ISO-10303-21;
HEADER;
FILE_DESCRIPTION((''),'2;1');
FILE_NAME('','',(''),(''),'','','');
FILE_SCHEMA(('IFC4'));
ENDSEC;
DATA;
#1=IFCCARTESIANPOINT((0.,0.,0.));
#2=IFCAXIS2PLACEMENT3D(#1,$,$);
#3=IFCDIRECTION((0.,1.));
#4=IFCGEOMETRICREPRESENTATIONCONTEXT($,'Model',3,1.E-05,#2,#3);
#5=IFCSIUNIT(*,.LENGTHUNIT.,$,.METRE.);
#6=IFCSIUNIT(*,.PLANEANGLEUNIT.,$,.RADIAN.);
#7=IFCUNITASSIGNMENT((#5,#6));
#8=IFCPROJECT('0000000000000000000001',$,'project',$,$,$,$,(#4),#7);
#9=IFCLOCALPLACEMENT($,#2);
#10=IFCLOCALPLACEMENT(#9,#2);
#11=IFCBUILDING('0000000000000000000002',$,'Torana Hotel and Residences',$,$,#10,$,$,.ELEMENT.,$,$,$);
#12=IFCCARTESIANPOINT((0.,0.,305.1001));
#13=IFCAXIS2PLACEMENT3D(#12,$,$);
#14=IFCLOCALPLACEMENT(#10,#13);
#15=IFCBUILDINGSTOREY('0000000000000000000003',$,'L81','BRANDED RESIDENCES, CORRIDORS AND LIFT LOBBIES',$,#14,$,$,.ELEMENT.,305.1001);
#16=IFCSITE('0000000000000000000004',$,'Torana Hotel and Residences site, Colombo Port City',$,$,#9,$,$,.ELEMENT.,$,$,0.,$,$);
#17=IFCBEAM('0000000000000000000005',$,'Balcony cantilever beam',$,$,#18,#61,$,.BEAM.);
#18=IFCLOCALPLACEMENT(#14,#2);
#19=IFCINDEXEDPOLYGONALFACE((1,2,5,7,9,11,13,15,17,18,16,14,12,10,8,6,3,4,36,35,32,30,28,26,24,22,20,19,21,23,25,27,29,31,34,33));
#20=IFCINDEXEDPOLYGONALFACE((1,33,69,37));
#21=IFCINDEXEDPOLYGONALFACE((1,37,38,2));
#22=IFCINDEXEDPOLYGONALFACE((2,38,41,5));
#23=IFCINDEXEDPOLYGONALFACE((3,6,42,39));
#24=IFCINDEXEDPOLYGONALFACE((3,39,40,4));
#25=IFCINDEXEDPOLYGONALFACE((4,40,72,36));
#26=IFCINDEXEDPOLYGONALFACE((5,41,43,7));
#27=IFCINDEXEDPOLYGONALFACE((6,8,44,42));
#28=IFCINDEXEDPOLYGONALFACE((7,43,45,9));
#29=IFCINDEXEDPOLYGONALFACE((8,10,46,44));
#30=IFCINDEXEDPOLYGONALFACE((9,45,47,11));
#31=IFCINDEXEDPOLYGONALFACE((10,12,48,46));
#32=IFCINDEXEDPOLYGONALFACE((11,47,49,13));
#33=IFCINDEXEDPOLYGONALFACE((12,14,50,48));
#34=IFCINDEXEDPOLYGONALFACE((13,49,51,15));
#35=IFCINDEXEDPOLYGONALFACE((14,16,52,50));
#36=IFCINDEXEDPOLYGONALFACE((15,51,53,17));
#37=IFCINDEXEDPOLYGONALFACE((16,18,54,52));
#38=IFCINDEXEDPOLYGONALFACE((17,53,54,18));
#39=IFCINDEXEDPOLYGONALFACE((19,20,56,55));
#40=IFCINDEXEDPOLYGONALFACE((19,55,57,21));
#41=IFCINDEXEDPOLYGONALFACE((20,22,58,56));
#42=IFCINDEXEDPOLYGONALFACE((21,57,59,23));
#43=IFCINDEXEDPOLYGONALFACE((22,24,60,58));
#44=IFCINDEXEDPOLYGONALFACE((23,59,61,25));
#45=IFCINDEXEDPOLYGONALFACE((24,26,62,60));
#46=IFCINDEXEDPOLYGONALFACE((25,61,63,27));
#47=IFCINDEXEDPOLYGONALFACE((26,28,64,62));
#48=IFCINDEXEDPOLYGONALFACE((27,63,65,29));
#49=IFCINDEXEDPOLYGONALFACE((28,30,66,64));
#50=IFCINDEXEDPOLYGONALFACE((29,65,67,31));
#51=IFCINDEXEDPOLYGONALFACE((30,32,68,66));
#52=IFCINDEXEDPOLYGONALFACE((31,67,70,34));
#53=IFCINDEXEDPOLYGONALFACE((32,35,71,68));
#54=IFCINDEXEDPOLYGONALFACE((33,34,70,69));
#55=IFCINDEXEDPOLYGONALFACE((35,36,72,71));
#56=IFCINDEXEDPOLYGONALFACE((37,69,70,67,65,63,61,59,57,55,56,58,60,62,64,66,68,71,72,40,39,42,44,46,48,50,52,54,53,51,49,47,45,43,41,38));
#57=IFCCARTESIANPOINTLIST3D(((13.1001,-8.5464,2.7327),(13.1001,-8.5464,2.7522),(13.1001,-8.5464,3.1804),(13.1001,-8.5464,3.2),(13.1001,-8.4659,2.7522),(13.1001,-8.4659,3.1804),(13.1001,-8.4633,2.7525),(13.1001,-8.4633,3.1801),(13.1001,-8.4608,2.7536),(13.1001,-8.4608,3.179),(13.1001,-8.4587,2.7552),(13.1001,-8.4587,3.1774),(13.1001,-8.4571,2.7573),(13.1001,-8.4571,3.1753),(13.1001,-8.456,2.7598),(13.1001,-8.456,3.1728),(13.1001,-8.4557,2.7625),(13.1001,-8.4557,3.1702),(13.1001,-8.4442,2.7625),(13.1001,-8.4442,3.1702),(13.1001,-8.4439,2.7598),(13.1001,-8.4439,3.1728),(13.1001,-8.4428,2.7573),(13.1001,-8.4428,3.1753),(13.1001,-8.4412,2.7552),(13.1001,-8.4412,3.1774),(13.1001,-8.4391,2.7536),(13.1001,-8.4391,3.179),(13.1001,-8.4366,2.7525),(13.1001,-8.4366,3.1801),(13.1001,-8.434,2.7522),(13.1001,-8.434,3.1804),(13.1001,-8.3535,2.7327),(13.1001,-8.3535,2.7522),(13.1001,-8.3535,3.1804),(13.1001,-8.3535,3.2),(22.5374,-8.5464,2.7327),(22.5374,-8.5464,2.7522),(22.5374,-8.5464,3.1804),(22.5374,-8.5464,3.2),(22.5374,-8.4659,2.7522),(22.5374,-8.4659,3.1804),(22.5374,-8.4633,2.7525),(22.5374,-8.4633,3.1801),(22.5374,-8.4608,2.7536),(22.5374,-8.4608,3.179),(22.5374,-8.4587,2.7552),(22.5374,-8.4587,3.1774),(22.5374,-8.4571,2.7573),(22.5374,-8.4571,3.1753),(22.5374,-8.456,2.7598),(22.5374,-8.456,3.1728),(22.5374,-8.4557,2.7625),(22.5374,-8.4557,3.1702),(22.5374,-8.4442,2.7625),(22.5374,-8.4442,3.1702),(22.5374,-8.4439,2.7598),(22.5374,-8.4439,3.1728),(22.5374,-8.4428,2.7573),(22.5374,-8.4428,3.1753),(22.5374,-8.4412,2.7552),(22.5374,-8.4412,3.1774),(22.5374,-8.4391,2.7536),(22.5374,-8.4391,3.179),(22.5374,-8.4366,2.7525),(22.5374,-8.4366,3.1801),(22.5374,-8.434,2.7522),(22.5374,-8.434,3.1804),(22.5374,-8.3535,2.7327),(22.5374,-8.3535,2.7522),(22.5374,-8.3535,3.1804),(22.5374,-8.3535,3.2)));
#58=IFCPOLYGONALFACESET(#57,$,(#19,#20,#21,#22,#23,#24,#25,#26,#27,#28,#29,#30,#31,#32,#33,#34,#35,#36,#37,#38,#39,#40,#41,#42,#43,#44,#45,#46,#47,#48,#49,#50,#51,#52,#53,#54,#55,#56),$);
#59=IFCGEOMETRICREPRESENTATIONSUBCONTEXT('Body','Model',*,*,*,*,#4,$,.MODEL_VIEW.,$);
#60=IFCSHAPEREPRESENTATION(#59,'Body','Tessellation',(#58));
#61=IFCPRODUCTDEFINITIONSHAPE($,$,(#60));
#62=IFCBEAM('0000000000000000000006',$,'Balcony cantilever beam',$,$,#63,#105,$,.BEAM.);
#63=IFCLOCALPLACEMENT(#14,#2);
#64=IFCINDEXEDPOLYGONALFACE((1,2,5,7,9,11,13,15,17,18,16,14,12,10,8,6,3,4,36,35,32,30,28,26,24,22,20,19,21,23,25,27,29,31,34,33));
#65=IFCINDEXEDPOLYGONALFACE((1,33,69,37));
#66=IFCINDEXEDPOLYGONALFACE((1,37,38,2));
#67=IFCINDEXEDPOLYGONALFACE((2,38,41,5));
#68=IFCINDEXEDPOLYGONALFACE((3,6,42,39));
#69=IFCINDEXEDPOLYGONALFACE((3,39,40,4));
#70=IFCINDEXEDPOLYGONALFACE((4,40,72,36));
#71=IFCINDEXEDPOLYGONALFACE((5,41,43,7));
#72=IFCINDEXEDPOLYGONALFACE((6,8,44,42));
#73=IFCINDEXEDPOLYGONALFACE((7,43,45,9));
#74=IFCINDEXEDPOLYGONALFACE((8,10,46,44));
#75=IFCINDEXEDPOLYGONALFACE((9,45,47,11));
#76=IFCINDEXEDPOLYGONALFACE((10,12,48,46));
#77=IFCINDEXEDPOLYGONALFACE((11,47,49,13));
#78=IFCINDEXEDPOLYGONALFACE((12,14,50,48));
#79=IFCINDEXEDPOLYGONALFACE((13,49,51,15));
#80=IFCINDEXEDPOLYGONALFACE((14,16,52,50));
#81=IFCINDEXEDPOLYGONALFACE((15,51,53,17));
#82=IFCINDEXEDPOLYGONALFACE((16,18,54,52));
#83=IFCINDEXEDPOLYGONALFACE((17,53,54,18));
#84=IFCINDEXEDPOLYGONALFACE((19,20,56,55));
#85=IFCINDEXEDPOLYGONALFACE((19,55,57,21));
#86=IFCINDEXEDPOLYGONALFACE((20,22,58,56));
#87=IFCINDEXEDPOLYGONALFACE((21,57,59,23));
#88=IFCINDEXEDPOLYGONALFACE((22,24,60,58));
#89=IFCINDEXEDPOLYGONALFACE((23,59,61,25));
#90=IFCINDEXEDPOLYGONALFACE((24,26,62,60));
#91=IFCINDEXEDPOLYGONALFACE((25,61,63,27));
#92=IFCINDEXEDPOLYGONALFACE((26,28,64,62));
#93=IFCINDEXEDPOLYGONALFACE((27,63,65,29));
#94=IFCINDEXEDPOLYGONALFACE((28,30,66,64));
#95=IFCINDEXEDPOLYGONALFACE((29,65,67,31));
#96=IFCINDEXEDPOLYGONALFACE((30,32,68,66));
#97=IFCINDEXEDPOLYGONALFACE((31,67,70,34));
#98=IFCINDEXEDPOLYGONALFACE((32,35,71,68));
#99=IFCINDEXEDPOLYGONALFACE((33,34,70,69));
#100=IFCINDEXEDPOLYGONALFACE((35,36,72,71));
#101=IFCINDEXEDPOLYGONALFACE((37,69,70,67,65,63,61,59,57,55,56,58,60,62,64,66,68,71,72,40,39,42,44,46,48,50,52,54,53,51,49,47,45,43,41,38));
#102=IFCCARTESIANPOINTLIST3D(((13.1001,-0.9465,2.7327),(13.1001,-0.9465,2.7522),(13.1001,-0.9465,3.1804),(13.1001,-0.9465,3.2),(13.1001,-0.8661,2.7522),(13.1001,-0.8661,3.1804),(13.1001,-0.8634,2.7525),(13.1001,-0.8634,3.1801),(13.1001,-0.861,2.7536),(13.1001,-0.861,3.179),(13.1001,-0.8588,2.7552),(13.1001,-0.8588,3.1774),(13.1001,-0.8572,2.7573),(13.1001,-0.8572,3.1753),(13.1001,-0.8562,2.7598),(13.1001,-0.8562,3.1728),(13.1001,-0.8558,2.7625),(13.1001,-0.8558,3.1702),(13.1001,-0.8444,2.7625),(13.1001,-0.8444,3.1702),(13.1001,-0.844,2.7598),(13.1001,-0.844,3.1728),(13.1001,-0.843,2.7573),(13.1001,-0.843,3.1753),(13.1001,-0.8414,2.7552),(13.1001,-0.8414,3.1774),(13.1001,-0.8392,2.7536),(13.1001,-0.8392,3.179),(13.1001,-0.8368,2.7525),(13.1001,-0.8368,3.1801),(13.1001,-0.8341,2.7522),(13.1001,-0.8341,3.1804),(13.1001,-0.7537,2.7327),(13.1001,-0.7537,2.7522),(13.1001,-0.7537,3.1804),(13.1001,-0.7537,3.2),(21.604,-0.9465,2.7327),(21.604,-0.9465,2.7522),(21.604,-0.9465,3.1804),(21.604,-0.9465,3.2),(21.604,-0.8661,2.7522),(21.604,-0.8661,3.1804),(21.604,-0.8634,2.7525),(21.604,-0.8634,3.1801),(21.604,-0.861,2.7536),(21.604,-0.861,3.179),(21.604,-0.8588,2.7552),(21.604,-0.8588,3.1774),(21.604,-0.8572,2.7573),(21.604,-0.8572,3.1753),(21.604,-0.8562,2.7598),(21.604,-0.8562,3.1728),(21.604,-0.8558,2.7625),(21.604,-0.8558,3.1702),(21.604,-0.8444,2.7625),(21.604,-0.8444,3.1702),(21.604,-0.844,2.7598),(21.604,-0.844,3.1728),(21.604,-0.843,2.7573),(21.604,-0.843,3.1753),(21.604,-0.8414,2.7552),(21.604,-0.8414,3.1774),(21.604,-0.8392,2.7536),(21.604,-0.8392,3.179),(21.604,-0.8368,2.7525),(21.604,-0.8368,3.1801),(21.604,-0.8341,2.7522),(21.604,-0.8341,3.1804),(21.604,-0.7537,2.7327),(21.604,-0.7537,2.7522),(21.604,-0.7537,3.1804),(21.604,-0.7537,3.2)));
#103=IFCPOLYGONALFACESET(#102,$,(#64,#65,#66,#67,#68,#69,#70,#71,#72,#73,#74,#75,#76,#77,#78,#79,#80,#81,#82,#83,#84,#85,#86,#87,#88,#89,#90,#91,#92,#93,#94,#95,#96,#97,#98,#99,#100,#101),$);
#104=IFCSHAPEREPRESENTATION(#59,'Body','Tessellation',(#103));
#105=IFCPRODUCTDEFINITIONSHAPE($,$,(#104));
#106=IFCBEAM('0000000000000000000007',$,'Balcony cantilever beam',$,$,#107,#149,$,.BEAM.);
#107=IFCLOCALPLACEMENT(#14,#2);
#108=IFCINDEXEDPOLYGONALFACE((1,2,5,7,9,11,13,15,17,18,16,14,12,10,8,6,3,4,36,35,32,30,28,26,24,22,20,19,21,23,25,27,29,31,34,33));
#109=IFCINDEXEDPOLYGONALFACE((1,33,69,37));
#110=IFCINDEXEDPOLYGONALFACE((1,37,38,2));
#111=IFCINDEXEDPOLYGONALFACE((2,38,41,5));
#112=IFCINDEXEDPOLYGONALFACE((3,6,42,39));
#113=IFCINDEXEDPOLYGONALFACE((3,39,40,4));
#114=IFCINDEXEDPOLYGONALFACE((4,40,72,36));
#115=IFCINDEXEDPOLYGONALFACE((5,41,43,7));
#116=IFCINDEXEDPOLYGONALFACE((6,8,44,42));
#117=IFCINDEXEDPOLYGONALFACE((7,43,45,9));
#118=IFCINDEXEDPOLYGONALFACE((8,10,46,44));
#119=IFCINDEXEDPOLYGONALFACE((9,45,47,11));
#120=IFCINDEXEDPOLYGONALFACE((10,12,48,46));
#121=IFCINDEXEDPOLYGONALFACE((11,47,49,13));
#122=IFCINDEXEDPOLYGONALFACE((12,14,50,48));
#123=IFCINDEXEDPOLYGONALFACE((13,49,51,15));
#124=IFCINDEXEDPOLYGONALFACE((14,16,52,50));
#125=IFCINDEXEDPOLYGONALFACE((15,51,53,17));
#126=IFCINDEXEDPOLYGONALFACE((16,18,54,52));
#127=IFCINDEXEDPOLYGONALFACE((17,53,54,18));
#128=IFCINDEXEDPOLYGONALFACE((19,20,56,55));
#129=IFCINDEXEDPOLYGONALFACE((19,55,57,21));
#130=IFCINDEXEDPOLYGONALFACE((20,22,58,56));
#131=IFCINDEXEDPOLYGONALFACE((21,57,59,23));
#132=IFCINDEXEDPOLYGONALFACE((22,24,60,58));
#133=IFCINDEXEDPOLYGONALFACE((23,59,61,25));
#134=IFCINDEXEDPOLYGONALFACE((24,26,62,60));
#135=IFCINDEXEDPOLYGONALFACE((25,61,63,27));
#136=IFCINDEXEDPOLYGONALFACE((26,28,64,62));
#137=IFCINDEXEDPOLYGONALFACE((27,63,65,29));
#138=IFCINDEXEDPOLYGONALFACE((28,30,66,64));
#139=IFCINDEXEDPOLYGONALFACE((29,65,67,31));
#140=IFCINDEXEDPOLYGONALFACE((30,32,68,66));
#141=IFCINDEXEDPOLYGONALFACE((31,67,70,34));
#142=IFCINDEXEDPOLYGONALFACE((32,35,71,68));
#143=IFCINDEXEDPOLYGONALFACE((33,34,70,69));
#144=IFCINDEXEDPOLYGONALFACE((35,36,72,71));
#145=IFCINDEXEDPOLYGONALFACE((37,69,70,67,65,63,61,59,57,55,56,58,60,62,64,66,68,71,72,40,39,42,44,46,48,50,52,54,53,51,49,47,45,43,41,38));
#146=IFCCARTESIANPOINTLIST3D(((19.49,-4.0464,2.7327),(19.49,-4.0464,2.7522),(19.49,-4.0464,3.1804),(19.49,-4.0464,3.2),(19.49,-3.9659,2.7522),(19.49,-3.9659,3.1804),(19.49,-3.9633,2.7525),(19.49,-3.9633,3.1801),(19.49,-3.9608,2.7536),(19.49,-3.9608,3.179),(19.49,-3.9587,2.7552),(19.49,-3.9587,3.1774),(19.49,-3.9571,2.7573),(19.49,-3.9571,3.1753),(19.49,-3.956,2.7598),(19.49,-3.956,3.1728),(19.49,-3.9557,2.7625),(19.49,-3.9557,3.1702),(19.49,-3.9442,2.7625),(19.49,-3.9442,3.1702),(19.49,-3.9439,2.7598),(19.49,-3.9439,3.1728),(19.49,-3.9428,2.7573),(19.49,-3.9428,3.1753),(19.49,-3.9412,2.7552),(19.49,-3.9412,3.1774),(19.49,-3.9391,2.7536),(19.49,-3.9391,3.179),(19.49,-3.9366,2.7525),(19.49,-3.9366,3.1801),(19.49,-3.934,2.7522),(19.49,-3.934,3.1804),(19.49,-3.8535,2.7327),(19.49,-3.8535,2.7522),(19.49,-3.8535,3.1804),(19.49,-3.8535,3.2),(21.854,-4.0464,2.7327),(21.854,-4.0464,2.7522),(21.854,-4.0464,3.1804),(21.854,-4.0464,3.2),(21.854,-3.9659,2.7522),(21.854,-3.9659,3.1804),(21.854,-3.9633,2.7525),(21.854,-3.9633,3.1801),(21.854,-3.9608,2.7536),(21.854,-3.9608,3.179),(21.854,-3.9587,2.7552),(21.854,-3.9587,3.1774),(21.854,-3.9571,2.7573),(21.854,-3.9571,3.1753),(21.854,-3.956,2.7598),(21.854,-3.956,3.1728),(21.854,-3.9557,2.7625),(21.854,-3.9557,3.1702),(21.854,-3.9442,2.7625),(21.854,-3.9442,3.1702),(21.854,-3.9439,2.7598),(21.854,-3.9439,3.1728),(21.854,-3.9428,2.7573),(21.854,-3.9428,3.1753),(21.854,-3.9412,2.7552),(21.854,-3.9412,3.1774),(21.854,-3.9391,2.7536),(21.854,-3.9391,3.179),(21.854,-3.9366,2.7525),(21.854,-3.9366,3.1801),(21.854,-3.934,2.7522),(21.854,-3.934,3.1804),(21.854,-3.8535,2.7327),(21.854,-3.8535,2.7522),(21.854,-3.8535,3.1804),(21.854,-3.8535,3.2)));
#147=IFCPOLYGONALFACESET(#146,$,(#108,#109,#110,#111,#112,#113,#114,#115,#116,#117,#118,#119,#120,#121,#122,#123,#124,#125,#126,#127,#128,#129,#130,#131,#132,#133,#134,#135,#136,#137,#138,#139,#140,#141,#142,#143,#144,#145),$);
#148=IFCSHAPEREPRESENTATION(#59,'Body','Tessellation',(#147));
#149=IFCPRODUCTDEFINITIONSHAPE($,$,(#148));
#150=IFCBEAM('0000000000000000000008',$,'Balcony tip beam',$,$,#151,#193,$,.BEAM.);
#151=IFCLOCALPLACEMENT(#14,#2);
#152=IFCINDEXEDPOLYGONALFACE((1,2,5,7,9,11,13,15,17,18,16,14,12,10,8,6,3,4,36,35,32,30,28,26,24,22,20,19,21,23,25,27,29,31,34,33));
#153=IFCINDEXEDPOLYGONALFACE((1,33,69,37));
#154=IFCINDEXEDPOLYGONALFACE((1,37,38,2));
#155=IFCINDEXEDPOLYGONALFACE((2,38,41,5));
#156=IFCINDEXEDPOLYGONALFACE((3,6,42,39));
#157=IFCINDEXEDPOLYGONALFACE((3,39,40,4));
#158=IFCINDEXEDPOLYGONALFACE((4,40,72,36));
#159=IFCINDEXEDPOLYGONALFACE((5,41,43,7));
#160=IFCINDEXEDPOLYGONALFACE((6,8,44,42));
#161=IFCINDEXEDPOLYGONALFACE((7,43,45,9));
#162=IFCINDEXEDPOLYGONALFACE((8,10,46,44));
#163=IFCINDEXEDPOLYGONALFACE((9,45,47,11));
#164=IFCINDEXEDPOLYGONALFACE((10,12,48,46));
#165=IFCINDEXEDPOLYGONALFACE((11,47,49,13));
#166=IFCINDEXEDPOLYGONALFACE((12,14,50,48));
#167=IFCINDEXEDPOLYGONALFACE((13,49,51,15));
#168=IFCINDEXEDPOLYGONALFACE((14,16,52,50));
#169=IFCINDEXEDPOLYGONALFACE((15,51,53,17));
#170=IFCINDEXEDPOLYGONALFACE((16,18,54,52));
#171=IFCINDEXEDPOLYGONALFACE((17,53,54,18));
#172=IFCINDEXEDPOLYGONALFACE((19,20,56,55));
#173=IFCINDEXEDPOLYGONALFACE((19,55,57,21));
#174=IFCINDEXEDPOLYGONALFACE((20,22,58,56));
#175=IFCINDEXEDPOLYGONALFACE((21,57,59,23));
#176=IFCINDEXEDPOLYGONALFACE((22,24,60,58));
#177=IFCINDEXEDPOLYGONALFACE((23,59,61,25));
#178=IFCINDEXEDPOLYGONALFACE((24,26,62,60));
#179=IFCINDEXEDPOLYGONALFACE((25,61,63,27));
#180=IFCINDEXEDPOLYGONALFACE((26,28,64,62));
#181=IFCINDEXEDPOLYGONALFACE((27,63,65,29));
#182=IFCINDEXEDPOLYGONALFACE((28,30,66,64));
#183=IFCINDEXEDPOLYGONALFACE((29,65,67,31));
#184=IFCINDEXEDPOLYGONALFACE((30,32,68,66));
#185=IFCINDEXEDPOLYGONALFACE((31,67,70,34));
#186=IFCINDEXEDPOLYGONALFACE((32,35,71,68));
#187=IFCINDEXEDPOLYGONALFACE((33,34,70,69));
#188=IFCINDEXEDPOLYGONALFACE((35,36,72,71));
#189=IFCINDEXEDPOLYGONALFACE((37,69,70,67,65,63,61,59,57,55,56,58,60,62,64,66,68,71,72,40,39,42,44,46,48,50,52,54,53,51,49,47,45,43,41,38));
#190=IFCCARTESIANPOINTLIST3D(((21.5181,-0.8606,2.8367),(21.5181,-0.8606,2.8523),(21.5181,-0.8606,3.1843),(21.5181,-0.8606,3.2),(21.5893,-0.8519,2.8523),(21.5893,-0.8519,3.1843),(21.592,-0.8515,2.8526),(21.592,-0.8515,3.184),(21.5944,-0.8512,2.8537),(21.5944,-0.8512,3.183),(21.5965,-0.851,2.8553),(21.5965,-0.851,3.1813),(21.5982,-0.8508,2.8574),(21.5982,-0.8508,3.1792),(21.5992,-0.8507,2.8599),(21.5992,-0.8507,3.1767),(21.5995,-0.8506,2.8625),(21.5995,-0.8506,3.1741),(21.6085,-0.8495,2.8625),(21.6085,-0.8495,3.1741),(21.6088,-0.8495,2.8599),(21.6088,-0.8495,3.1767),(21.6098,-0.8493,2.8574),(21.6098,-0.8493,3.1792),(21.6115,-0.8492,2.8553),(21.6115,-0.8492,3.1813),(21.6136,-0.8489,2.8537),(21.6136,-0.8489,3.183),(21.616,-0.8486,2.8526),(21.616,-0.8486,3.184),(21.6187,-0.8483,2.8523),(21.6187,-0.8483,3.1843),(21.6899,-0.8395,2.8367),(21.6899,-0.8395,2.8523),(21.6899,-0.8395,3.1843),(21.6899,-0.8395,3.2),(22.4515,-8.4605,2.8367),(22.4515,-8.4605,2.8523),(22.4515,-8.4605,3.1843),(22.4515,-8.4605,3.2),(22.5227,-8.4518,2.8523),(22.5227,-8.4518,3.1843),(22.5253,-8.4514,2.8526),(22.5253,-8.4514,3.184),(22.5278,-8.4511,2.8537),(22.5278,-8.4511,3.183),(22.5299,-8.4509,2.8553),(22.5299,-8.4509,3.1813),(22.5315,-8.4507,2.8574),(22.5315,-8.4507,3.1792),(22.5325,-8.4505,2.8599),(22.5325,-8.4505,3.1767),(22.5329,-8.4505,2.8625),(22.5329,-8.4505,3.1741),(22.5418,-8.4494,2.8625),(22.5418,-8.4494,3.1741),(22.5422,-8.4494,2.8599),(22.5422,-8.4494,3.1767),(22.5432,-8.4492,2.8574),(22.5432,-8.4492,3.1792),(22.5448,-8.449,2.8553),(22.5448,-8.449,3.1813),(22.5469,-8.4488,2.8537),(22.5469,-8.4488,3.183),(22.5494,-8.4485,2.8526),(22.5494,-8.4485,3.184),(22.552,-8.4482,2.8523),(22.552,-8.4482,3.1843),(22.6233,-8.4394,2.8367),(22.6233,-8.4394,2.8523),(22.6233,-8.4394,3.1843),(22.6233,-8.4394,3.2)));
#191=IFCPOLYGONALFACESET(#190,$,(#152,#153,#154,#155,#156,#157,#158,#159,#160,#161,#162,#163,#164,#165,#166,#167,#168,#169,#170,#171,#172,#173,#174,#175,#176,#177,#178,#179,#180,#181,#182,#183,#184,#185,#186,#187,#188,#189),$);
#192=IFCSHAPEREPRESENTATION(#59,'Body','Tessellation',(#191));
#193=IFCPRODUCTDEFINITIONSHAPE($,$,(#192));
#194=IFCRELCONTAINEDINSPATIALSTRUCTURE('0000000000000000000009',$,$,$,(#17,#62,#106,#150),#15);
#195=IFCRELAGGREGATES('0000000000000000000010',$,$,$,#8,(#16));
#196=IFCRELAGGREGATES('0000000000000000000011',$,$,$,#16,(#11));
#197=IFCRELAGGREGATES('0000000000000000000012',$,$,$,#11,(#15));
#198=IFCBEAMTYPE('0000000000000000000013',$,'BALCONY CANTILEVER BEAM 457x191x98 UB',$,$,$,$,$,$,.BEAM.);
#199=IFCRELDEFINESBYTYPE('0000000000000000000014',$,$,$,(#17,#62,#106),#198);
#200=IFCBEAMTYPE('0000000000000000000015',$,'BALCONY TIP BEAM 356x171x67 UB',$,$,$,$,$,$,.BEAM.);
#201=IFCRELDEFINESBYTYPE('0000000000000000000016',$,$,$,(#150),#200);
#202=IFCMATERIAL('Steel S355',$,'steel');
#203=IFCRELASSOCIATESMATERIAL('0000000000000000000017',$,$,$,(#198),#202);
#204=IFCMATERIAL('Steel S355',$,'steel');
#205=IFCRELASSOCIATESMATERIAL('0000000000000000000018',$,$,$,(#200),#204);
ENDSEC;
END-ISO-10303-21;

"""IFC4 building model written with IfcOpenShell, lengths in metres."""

from ifc_helpers import new_model, si_unit, direction, frame, origin, origin_2d, place, context, subcontext, project, spatial, i_section, extrude, material, material_profile, profile_set, type_object, element, save


model = new_model("IFC4")

# Units and contexts
model_context = context("Model", 3, precision=1e-05, world=origin(), true_north=direction((0.0, 1.0)))
body_context = subcontext(model_context, "Body", "Model", "MODEL_VIEW")
ifc_project = project(units=[si_unit("LENGTHUNIT", "METRE"), si_unit("PLANEANGLEUNIT", "RADIAN")], contexts=[model_context])

# Site, building, storey
site_placement = place(None, origin())
site = spatial("IfcSite", under=ifc_project, at=site_placement, Name="Torana Hotel and Residences site, Colombo Port City", CompositionType="ELEMENT", RefElevation=0.0)
building_placement = place(site_placement, origin())
building = spatial("IfcBuilding", under=site, at=building_placement, Name="Torana Hotel and Residences", CompositionType="ELEMENT")
storey_placement = place(building_placement, frame((0.0, 0.0, 305.1001)))
storey = spatial("IfcBuildingStorey", under=building, at=storey_placement, Name="L81", Description="BRANDED RESIDENCES, CORRIDORS AND LIFT LOBBIES", CompositionType="ELEMENT", Elevation=305.1001)

# Beams
ifc_material_1 = material(Name="Steel S355", Category="steel")
ifc_material_profile_1 = material_profile(ifc_material_1, i_section(OverallWidth=0.1929, OverallDepth=0.4673, WebThickness=0.0115, FlangeThickness=0.0195, FilletRadius=0.0103, at=origin_2d()), Name="457x191x98 UB")
ifc_profile_set_1 = profile_set([ifc_material_profile_1], Name="Steel S355")
beam_type_1 = type_object("IfcBeamType", Name="BALCONY CANTILEVER BEAM 457x191x98 UB", PredefinedType="BEAM", material=ifc_profile_set_1)
beam_1_placement = place(storey_placement, frame((22.5374, -8.45, 2.9663), z_axis=(-1.0, 0.0, 0.0), x_axis=(0.0, -1.0, 0.0)))
element("IfcBeam", 1, at=beam_1_placement, inside=storey, type_object=beam_type_1, Name="Balcony cantilever beam", PredefinedType="BEAM", context=body_context, shape_type="SweptSolid", body=[
    extrude(i_section(OverallWidth=0.1929, OverallDepth=0.4673, WebThickness=0.0115, FlangeThickness=0.0195, FilletRadius=0.0103, at=origin_2d()), origin(), (0.0, 0.0, 1.0), 9.4373),
])
beam_2_placement = place(storey_placement, frame((21.604, -0.8501, 2.9663), z_axis=(-1.0, 0.0, 0.0), x_axis=(0.0, -1.0, 0.0)))
element("IfcBeam", 2, at=beam_2_placement, inside=storey, type_object=beam_type_1, Name="Balcony cantilever beam", PredefinedType="BEAM", context=body_context, shape_type="SweptSolid", body=[
    extrude(i_section(OverallWidth=0.1929, OverallDepth=0.4673, WebThickness=0.0115, FlangeThickness=0.0195, FilletRadius=0.0103, at=origin_2d()), origin(), (0.0, 0.0, 1.0), 8.5039),
])
beam_3_placement = place(storey_placement, frame((19.49, -3.95, 2.9663), z_axis=(1.0, 0.0, 0.0), x_axis=(0.0, 1.0, 0.0)))
element("IfcBeam", 3, at=beam_3_placement, inside=storey, type_object=beam_type_1, Name="Balcony cantilever beam", PredefinedType="BEAM", context=body_context, shape_type="SweptSolid", body=[
    extrude(i_section(OverallWidth=0.1929, OverallDepth=0.4673, WebThickness=0.0115, FlangeThickness=0.0195, FilletRadius=0.0103, at=origin_2d()), origin(), (0.0, 0.0, 1.0), 2.364),
])
ifc_material_2 = material(Name="Steel S355", Category="steel")
ifc_material_profile_2 = material_profile(ifc_material_2, i_section(OverallWidth=0.1731, OverallDepth=0.3633, WebThickness=0.009, FlangeThickness=0.0156, FilletRadius=0.0103, at=origin_2d()), Name="356x171x67 UB")
ifc_profile_set_2 = profile_set([ifc_material_profile_2], Name="Steel S355")
beam_type_2 = type_object("IfcBeamType", Name="BALCONY TIP BEAM 356x171x67 UB", PredefinedType="BEAM", material=ifc_profile_set_2)
beam_4_placement = place(storey_placement, frame((22.5374, -8.45, 3.0183), z_axis=(-0.121896, 0.992543, 0.0), x_axis=(-0.992543, -0.121896, 0.0)))
element("IfcBeam", 4, at=beam_4_placement, inside=storey, type_object=beam_type_2, Name="Balcony tip beam", PredefinedType="BEAM", context=body_context, shape_type="SweptSolid", body=[
    extrude(i_section(OverallWidth=0.1731, OverallDepth=0.3633, WebThickness=0.009, FlangeThickness=0.0156, FilletRadius=0.0103, at=origin_2d()), origin(), (0.0, 0.0, 1.0), 7.657),
])

save(model, "model.ifc")
